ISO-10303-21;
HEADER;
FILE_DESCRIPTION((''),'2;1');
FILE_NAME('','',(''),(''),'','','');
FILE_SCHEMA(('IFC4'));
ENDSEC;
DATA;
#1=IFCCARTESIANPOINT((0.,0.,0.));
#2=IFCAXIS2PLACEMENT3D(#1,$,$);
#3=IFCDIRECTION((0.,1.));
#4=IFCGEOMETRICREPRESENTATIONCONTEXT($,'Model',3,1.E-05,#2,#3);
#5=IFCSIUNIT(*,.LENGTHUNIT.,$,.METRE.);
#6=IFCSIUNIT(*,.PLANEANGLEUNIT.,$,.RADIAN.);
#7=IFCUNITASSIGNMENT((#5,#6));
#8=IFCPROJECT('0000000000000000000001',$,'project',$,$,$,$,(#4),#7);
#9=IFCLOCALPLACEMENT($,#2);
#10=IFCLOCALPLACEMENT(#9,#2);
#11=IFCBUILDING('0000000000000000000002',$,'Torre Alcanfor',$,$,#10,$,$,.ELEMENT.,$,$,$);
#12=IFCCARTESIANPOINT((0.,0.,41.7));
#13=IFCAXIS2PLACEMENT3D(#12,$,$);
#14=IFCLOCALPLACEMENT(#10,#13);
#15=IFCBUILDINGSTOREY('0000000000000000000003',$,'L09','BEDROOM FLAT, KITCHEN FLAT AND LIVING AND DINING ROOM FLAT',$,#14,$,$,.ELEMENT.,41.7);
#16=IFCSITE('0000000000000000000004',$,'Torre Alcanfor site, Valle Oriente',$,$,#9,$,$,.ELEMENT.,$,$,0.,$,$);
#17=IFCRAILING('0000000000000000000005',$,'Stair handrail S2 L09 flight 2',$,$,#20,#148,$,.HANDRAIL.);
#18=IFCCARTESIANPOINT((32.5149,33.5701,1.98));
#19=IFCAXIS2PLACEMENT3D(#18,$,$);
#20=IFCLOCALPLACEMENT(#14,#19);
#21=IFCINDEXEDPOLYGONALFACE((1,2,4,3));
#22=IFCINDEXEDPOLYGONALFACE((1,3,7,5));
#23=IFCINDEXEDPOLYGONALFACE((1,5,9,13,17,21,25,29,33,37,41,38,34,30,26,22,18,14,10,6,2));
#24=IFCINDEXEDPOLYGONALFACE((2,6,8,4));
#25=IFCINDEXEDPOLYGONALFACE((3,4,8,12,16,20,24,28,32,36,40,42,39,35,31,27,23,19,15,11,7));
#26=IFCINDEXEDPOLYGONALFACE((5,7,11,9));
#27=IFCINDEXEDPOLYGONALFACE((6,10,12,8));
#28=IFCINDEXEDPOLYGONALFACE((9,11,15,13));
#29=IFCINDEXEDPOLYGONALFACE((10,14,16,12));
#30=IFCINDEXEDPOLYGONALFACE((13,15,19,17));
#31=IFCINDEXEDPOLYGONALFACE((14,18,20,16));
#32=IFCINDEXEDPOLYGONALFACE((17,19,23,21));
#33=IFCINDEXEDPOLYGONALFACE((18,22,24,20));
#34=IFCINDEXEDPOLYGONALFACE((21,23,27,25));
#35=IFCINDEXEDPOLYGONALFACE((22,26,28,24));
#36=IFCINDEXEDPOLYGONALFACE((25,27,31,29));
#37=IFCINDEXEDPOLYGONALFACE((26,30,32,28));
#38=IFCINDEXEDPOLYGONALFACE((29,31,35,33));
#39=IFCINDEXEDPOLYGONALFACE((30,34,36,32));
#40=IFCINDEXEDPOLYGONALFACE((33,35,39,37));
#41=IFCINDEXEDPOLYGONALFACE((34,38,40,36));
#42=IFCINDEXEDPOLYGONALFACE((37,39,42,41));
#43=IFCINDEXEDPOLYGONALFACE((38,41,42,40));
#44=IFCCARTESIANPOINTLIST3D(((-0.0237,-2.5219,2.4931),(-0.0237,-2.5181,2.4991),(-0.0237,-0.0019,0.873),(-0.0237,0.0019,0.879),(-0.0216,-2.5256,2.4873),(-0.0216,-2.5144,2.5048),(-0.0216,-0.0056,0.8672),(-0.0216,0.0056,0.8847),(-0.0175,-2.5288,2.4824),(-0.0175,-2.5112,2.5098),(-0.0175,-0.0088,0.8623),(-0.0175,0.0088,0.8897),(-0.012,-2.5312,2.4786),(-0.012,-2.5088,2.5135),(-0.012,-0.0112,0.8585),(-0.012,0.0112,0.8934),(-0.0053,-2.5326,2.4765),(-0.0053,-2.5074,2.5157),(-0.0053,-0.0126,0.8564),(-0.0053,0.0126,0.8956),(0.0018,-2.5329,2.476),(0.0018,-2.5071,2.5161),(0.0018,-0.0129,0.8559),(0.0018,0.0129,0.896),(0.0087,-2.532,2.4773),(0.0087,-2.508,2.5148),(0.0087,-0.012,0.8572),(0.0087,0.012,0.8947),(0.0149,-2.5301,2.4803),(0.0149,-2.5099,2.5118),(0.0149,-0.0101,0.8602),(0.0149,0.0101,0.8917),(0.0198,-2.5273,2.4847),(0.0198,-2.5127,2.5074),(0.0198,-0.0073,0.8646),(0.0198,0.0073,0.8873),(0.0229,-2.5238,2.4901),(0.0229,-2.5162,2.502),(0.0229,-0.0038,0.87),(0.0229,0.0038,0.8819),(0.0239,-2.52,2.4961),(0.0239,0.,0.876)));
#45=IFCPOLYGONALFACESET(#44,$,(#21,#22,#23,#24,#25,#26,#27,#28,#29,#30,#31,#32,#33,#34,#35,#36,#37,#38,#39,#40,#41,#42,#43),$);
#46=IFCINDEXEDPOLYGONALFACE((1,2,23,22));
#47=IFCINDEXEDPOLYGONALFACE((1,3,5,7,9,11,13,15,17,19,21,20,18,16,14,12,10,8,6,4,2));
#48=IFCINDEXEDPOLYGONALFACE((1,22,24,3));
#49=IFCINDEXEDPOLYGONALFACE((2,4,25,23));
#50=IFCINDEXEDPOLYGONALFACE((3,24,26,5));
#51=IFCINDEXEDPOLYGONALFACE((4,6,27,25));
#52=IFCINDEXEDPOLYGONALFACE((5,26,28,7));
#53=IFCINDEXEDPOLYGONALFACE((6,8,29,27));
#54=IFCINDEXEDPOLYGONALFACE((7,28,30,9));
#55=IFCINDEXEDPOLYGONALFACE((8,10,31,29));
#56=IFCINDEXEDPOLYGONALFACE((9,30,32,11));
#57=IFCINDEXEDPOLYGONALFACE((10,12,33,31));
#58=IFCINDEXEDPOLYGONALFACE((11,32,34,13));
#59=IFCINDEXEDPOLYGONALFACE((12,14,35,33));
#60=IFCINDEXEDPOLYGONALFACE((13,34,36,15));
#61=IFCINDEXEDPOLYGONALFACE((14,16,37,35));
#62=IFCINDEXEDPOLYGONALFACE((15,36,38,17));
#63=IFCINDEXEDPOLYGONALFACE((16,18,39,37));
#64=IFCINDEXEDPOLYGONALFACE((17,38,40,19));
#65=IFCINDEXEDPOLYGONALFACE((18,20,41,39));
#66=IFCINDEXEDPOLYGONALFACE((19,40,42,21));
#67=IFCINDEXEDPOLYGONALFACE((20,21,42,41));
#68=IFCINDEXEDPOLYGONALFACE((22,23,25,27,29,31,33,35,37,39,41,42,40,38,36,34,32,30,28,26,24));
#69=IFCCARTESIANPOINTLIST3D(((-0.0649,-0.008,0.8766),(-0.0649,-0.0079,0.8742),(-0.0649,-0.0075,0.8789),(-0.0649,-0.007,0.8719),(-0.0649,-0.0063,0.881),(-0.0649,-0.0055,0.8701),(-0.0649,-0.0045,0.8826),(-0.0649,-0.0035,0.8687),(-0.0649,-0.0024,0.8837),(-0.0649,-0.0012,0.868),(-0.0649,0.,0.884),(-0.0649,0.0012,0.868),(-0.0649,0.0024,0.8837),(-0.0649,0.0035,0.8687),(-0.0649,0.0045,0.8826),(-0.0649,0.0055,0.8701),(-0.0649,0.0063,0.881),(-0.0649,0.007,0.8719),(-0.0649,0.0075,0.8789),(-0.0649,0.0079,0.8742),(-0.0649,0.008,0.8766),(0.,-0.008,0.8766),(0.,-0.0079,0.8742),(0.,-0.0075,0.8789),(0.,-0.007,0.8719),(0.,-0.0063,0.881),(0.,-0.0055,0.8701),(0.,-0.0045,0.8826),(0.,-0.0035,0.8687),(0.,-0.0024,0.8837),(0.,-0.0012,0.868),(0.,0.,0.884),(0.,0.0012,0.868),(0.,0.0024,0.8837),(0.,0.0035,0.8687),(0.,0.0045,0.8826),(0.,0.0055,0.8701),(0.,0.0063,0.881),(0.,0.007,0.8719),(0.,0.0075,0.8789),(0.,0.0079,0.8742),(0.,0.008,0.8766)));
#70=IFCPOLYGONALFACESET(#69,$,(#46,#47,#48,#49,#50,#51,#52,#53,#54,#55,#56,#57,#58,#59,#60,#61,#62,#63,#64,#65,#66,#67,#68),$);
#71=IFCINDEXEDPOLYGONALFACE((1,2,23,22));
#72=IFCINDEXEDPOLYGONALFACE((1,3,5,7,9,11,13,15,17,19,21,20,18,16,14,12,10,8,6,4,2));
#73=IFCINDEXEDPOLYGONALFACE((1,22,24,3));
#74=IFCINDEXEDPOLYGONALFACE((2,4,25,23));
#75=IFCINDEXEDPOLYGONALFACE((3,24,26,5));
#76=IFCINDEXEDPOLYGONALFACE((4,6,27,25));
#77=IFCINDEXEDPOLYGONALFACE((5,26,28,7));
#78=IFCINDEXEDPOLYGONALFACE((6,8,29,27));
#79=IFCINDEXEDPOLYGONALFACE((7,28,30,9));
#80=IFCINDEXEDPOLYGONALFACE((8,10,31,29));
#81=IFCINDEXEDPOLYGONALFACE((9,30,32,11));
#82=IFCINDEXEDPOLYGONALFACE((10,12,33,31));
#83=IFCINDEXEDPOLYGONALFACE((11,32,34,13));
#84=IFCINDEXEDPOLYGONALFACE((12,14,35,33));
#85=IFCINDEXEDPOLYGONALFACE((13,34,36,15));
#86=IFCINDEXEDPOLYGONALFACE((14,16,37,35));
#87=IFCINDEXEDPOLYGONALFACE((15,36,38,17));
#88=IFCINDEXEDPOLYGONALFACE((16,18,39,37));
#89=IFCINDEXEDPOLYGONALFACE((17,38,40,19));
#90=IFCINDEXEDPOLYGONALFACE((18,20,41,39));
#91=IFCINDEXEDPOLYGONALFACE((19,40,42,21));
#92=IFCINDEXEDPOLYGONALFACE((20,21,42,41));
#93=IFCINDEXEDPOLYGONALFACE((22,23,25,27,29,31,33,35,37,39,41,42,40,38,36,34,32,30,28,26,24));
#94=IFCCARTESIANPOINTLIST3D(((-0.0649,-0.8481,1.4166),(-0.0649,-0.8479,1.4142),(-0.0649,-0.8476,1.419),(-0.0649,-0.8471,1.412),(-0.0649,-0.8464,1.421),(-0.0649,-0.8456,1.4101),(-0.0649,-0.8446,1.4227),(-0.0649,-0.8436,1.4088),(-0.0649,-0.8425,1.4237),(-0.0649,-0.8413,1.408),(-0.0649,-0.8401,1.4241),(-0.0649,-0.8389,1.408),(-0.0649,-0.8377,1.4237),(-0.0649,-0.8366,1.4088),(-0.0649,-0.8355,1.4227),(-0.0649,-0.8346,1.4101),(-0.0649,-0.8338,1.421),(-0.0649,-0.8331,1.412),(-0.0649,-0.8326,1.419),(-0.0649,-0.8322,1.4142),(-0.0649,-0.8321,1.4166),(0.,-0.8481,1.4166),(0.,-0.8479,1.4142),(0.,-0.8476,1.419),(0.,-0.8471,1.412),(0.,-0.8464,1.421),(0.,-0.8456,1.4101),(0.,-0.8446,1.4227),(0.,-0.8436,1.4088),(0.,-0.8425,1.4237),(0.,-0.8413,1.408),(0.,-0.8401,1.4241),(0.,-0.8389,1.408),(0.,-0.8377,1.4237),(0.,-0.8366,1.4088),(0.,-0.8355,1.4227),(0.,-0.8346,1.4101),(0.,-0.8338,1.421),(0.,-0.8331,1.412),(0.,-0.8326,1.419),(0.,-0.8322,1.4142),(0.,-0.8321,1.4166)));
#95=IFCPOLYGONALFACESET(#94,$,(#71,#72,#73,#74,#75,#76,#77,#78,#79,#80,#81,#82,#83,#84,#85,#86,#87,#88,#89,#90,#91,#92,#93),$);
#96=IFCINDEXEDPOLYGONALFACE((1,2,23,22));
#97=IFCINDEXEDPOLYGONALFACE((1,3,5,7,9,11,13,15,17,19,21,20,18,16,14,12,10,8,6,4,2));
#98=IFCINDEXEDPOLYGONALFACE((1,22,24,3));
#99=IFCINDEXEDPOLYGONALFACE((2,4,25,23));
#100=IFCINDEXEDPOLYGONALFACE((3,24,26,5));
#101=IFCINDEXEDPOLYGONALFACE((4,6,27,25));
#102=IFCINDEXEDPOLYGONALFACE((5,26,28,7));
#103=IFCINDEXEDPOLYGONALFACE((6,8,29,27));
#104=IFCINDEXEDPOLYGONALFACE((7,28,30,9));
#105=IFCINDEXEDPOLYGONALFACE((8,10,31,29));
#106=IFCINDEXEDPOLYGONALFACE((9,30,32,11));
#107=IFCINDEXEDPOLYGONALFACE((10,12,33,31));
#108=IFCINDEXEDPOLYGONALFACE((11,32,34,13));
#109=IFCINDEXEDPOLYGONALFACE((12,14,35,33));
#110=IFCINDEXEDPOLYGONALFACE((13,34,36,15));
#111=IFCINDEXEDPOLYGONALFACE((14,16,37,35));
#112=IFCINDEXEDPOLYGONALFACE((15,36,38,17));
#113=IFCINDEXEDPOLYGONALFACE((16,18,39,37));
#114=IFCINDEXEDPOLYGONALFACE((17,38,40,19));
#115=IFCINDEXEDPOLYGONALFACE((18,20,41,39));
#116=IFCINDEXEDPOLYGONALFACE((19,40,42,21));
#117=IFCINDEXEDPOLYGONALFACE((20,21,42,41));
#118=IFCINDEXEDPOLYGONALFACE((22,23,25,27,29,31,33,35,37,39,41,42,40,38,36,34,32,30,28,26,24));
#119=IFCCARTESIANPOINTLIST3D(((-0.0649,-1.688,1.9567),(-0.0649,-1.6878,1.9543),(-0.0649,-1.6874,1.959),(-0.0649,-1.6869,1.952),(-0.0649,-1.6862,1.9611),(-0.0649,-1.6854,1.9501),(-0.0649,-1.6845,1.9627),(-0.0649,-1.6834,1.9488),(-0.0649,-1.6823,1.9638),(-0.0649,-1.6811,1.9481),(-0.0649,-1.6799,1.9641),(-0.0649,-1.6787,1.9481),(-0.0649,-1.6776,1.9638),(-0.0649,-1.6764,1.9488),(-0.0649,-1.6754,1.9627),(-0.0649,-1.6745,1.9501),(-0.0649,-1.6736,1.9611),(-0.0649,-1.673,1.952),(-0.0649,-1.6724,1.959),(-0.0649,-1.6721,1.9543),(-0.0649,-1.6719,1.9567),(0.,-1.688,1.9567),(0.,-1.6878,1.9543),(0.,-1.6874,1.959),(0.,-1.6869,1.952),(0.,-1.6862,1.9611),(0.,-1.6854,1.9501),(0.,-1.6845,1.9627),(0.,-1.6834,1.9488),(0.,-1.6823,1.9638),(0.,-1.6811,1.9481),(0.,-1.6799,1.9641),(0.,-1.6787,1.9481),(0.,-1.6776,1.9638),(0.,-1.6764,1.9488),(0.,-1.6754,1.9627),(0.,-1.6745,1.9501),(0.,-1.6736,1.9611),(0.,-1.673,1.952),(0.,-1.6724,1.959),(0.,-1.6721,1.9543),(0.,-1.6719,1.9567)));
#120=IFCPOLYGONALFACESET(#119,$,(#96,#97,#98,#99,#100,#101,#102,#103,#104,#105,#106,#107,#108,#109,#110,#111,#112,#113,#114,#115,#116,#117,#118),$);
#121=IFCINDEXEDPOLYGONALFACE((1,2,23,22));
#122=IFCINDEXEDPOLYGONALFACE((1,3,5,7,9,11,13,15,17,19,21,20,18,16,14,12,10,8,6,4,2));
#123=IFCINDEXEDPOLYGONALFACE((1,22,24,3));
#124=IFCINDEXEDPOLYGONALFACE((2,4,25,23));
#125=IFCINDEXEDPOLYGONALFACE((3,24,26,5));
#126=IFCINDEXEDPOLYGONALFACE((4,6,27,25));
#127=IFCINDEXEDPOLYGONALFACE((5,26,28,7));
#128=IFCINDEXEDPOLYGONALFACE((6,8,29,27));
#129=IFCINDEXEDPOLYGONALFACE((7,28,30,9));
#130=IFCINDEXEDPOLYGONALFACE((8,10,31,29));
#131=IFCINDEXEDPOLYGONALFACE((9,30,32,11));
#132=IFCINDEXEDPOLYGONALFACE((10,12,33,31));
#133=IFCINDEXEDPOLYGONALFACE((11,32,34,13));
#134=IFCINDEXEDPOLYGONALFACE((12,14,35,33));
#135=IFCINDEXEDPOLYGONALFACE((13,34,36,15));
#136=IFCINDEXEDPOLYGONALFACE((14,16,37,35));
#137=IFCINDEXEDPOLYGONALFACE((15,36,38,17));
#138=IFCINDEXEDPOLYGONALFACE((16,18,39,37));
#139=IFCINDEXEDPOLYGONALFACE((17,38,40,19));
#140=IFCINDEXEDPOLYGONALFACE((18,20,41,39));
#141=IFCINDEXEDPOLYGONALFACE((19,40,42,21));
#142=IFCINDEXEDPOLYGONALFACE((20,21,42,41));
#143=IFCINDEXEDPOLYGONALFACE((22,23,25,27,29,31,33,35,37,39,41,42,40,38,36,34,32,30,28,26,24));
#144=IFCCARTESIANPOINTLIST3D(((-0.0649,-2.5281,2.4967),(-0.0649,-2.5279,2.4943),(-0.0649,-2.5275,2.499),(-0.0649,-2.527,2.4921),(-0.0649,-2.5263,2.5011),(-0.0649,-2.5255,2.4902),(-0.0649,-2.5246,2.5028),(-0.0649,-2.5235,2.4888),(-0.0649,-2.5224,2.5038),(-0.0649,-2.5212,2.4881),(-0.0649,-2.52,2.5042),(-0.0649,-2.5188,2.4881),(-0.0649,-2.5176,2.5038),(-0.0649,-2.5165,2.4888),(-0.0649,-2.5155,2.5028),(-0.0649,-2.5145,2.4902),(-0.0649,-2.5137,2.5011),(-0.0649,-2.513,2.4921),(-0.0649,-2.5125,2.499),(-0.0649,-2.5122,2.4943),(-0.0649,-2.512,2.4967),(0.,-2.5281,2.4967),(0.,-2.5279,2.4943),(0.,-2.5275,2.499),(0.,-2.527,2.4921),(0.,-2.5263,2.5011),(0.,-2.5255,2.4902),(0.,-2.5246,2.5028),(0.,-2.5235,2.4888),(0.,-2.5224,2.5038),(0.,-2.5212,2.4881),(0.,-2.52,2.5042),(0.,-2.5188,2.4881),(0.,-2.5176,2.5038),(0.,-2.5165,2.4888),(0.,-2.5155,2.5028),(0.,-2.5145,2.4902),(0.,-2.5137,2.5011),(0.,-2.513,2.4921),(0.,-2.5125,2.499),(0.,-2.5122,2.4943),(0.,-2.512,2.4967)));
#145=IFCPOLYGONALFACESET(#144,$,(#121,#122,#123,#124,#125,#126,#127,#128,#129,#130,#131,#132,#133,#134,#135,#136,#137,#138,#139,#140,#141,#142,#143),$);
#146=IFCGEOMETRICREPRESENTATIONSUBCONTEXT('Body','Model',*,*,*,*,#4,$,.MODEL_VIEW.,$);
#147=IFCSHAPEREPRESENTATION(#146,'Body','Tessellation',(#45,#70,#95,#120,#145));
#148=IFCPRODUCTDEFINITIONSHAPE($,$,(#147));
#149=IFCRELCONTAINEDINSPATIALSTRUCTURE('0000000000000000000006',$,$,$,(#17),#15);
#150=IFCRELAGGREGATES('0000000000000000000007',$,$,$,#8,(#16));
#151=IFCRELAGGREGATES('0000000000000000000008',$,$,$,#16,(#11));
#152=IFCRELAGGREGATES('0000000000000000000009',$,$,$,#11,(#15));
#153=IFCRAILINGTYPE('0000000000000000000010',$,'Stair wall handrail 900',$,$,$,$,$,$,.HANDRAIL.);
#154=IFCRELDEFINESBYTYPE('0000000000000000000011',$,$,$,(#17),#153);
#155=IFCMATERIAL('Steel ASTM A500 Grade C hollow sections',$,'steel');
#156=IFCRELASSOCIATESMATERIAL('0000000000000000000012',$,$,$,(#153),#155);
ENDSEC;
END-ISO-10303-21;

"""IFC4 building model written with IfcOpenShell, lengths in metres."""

from ifc_helpers import new_model, si_unit, direction, frame, origin, origin_2d, place, context, subcontext, project, spatial, circle, extrude, material, type_object, element, save


model = new_model("IFC4")

# Units and contexts
model_context = context("Model", 3, precision=1e-05, world=origin(), true_north=direction((0.0, 1.0)))
body_context = subcontext(model_context, "Body", "Model", "MODEL_VIEW")
ifc_project = project(units=[si_unit("LENGTHUNIT", "METRE"), si_unit("PLANEANGLEUNIT", "RADIAN")], contexts=[model_context])

# Site, building, storey
site_placement = place(None, origin())
site = spatial("IfcSite", under=ifc_project, at=site_placement, Name="Torre Alcanfor site, Valle Oriente", CompositionType="ELEMENT", RefElevation=0.0)
building_placement = place(site_placement, origin())
building = spatial("IfcBuilding", under=site, at=building_placement, Name="Torre Alcanfor", CompositionType="ELEMENT")
storey_placement = place(building_placement, frame((0.0, 0.0, 41.7)))
storey = spatial("IfcBuildingStorey", under=building, at=storey_placement, Name="L09", Description="BEDROOM FLAT, KITCHEN FLAT AND LIVING AND DINING ROOM FLAT", CompositionType="ELEMENT", Elevation=41.7)

# Railing
ifc_material_1 = material(Name="Steel ASTM A500 Grade C hollow sections", Category="steel")
railing_type_1 = type_object("IfcRailingType", Name="Stair wall handrail 900", PredefinedType="HANDRAIL", material=ifc_material_1)
railing_1_placement = place(storey_placement, frame((32.5149, 33.5701, 1.98)))
element("IfcRailing", 1, at=railing_1_placement, inside=storey, type_object=railing_type_1, Name="Stair handrail S2 L09 flight 2", PredefinedType="HANDRAIL", context=body_context, shape_type="SweptSolid", body=[
    extrude(circle(Radius=0.0239, at=origin_2d()), frame((0.0, 0.0, 0.876), z_axis=(0.0, -0.841163, 0.540782), x_axis=(1.0, 0.0, 0.0)), (0.0, 0.0, 1.0), 2.9958),
    extrude(circle(Radius=0.0081, at=origin_2d()), frame((0.0, 0.0, 0.876), z_axis=(-1.0, 0.0, 0.0), x_axis=(0.0, 0.0, 1.0)), (0.0, 0.0, 1.0), 0.0649),
    extrude(circle(Radius=0.0081, at=origin_2d()), frame((0.0, -0.8401, 1.416), z_axis=(-1.0, 0.0, 0.0), x_axis=(0.0, 0.0, 1.0)), (0.0, 0.0, 1.0), 0.0649),
    extrude(circle(Radius=0.0081, at=origin_2d()), frame((0.0, -1.6799, 1.9561), z_axis=(-1.0, 0.0, 0.0), x_axis=(0.0, 0.0, 1.0)), (0.0, 0.0, 1.0), 0.0649),
    extrude(circle(Radius=0.0081, at=origin_2d()), frame((0.0, -2.52, 2.4961), z_axis=(-1.0, 0.0, 0.0), x_axis=(0.0, 0.0, 1.0)), (0.0, 0.0, 1.0), 0.0649),
])

save(model, "model.ifc")
